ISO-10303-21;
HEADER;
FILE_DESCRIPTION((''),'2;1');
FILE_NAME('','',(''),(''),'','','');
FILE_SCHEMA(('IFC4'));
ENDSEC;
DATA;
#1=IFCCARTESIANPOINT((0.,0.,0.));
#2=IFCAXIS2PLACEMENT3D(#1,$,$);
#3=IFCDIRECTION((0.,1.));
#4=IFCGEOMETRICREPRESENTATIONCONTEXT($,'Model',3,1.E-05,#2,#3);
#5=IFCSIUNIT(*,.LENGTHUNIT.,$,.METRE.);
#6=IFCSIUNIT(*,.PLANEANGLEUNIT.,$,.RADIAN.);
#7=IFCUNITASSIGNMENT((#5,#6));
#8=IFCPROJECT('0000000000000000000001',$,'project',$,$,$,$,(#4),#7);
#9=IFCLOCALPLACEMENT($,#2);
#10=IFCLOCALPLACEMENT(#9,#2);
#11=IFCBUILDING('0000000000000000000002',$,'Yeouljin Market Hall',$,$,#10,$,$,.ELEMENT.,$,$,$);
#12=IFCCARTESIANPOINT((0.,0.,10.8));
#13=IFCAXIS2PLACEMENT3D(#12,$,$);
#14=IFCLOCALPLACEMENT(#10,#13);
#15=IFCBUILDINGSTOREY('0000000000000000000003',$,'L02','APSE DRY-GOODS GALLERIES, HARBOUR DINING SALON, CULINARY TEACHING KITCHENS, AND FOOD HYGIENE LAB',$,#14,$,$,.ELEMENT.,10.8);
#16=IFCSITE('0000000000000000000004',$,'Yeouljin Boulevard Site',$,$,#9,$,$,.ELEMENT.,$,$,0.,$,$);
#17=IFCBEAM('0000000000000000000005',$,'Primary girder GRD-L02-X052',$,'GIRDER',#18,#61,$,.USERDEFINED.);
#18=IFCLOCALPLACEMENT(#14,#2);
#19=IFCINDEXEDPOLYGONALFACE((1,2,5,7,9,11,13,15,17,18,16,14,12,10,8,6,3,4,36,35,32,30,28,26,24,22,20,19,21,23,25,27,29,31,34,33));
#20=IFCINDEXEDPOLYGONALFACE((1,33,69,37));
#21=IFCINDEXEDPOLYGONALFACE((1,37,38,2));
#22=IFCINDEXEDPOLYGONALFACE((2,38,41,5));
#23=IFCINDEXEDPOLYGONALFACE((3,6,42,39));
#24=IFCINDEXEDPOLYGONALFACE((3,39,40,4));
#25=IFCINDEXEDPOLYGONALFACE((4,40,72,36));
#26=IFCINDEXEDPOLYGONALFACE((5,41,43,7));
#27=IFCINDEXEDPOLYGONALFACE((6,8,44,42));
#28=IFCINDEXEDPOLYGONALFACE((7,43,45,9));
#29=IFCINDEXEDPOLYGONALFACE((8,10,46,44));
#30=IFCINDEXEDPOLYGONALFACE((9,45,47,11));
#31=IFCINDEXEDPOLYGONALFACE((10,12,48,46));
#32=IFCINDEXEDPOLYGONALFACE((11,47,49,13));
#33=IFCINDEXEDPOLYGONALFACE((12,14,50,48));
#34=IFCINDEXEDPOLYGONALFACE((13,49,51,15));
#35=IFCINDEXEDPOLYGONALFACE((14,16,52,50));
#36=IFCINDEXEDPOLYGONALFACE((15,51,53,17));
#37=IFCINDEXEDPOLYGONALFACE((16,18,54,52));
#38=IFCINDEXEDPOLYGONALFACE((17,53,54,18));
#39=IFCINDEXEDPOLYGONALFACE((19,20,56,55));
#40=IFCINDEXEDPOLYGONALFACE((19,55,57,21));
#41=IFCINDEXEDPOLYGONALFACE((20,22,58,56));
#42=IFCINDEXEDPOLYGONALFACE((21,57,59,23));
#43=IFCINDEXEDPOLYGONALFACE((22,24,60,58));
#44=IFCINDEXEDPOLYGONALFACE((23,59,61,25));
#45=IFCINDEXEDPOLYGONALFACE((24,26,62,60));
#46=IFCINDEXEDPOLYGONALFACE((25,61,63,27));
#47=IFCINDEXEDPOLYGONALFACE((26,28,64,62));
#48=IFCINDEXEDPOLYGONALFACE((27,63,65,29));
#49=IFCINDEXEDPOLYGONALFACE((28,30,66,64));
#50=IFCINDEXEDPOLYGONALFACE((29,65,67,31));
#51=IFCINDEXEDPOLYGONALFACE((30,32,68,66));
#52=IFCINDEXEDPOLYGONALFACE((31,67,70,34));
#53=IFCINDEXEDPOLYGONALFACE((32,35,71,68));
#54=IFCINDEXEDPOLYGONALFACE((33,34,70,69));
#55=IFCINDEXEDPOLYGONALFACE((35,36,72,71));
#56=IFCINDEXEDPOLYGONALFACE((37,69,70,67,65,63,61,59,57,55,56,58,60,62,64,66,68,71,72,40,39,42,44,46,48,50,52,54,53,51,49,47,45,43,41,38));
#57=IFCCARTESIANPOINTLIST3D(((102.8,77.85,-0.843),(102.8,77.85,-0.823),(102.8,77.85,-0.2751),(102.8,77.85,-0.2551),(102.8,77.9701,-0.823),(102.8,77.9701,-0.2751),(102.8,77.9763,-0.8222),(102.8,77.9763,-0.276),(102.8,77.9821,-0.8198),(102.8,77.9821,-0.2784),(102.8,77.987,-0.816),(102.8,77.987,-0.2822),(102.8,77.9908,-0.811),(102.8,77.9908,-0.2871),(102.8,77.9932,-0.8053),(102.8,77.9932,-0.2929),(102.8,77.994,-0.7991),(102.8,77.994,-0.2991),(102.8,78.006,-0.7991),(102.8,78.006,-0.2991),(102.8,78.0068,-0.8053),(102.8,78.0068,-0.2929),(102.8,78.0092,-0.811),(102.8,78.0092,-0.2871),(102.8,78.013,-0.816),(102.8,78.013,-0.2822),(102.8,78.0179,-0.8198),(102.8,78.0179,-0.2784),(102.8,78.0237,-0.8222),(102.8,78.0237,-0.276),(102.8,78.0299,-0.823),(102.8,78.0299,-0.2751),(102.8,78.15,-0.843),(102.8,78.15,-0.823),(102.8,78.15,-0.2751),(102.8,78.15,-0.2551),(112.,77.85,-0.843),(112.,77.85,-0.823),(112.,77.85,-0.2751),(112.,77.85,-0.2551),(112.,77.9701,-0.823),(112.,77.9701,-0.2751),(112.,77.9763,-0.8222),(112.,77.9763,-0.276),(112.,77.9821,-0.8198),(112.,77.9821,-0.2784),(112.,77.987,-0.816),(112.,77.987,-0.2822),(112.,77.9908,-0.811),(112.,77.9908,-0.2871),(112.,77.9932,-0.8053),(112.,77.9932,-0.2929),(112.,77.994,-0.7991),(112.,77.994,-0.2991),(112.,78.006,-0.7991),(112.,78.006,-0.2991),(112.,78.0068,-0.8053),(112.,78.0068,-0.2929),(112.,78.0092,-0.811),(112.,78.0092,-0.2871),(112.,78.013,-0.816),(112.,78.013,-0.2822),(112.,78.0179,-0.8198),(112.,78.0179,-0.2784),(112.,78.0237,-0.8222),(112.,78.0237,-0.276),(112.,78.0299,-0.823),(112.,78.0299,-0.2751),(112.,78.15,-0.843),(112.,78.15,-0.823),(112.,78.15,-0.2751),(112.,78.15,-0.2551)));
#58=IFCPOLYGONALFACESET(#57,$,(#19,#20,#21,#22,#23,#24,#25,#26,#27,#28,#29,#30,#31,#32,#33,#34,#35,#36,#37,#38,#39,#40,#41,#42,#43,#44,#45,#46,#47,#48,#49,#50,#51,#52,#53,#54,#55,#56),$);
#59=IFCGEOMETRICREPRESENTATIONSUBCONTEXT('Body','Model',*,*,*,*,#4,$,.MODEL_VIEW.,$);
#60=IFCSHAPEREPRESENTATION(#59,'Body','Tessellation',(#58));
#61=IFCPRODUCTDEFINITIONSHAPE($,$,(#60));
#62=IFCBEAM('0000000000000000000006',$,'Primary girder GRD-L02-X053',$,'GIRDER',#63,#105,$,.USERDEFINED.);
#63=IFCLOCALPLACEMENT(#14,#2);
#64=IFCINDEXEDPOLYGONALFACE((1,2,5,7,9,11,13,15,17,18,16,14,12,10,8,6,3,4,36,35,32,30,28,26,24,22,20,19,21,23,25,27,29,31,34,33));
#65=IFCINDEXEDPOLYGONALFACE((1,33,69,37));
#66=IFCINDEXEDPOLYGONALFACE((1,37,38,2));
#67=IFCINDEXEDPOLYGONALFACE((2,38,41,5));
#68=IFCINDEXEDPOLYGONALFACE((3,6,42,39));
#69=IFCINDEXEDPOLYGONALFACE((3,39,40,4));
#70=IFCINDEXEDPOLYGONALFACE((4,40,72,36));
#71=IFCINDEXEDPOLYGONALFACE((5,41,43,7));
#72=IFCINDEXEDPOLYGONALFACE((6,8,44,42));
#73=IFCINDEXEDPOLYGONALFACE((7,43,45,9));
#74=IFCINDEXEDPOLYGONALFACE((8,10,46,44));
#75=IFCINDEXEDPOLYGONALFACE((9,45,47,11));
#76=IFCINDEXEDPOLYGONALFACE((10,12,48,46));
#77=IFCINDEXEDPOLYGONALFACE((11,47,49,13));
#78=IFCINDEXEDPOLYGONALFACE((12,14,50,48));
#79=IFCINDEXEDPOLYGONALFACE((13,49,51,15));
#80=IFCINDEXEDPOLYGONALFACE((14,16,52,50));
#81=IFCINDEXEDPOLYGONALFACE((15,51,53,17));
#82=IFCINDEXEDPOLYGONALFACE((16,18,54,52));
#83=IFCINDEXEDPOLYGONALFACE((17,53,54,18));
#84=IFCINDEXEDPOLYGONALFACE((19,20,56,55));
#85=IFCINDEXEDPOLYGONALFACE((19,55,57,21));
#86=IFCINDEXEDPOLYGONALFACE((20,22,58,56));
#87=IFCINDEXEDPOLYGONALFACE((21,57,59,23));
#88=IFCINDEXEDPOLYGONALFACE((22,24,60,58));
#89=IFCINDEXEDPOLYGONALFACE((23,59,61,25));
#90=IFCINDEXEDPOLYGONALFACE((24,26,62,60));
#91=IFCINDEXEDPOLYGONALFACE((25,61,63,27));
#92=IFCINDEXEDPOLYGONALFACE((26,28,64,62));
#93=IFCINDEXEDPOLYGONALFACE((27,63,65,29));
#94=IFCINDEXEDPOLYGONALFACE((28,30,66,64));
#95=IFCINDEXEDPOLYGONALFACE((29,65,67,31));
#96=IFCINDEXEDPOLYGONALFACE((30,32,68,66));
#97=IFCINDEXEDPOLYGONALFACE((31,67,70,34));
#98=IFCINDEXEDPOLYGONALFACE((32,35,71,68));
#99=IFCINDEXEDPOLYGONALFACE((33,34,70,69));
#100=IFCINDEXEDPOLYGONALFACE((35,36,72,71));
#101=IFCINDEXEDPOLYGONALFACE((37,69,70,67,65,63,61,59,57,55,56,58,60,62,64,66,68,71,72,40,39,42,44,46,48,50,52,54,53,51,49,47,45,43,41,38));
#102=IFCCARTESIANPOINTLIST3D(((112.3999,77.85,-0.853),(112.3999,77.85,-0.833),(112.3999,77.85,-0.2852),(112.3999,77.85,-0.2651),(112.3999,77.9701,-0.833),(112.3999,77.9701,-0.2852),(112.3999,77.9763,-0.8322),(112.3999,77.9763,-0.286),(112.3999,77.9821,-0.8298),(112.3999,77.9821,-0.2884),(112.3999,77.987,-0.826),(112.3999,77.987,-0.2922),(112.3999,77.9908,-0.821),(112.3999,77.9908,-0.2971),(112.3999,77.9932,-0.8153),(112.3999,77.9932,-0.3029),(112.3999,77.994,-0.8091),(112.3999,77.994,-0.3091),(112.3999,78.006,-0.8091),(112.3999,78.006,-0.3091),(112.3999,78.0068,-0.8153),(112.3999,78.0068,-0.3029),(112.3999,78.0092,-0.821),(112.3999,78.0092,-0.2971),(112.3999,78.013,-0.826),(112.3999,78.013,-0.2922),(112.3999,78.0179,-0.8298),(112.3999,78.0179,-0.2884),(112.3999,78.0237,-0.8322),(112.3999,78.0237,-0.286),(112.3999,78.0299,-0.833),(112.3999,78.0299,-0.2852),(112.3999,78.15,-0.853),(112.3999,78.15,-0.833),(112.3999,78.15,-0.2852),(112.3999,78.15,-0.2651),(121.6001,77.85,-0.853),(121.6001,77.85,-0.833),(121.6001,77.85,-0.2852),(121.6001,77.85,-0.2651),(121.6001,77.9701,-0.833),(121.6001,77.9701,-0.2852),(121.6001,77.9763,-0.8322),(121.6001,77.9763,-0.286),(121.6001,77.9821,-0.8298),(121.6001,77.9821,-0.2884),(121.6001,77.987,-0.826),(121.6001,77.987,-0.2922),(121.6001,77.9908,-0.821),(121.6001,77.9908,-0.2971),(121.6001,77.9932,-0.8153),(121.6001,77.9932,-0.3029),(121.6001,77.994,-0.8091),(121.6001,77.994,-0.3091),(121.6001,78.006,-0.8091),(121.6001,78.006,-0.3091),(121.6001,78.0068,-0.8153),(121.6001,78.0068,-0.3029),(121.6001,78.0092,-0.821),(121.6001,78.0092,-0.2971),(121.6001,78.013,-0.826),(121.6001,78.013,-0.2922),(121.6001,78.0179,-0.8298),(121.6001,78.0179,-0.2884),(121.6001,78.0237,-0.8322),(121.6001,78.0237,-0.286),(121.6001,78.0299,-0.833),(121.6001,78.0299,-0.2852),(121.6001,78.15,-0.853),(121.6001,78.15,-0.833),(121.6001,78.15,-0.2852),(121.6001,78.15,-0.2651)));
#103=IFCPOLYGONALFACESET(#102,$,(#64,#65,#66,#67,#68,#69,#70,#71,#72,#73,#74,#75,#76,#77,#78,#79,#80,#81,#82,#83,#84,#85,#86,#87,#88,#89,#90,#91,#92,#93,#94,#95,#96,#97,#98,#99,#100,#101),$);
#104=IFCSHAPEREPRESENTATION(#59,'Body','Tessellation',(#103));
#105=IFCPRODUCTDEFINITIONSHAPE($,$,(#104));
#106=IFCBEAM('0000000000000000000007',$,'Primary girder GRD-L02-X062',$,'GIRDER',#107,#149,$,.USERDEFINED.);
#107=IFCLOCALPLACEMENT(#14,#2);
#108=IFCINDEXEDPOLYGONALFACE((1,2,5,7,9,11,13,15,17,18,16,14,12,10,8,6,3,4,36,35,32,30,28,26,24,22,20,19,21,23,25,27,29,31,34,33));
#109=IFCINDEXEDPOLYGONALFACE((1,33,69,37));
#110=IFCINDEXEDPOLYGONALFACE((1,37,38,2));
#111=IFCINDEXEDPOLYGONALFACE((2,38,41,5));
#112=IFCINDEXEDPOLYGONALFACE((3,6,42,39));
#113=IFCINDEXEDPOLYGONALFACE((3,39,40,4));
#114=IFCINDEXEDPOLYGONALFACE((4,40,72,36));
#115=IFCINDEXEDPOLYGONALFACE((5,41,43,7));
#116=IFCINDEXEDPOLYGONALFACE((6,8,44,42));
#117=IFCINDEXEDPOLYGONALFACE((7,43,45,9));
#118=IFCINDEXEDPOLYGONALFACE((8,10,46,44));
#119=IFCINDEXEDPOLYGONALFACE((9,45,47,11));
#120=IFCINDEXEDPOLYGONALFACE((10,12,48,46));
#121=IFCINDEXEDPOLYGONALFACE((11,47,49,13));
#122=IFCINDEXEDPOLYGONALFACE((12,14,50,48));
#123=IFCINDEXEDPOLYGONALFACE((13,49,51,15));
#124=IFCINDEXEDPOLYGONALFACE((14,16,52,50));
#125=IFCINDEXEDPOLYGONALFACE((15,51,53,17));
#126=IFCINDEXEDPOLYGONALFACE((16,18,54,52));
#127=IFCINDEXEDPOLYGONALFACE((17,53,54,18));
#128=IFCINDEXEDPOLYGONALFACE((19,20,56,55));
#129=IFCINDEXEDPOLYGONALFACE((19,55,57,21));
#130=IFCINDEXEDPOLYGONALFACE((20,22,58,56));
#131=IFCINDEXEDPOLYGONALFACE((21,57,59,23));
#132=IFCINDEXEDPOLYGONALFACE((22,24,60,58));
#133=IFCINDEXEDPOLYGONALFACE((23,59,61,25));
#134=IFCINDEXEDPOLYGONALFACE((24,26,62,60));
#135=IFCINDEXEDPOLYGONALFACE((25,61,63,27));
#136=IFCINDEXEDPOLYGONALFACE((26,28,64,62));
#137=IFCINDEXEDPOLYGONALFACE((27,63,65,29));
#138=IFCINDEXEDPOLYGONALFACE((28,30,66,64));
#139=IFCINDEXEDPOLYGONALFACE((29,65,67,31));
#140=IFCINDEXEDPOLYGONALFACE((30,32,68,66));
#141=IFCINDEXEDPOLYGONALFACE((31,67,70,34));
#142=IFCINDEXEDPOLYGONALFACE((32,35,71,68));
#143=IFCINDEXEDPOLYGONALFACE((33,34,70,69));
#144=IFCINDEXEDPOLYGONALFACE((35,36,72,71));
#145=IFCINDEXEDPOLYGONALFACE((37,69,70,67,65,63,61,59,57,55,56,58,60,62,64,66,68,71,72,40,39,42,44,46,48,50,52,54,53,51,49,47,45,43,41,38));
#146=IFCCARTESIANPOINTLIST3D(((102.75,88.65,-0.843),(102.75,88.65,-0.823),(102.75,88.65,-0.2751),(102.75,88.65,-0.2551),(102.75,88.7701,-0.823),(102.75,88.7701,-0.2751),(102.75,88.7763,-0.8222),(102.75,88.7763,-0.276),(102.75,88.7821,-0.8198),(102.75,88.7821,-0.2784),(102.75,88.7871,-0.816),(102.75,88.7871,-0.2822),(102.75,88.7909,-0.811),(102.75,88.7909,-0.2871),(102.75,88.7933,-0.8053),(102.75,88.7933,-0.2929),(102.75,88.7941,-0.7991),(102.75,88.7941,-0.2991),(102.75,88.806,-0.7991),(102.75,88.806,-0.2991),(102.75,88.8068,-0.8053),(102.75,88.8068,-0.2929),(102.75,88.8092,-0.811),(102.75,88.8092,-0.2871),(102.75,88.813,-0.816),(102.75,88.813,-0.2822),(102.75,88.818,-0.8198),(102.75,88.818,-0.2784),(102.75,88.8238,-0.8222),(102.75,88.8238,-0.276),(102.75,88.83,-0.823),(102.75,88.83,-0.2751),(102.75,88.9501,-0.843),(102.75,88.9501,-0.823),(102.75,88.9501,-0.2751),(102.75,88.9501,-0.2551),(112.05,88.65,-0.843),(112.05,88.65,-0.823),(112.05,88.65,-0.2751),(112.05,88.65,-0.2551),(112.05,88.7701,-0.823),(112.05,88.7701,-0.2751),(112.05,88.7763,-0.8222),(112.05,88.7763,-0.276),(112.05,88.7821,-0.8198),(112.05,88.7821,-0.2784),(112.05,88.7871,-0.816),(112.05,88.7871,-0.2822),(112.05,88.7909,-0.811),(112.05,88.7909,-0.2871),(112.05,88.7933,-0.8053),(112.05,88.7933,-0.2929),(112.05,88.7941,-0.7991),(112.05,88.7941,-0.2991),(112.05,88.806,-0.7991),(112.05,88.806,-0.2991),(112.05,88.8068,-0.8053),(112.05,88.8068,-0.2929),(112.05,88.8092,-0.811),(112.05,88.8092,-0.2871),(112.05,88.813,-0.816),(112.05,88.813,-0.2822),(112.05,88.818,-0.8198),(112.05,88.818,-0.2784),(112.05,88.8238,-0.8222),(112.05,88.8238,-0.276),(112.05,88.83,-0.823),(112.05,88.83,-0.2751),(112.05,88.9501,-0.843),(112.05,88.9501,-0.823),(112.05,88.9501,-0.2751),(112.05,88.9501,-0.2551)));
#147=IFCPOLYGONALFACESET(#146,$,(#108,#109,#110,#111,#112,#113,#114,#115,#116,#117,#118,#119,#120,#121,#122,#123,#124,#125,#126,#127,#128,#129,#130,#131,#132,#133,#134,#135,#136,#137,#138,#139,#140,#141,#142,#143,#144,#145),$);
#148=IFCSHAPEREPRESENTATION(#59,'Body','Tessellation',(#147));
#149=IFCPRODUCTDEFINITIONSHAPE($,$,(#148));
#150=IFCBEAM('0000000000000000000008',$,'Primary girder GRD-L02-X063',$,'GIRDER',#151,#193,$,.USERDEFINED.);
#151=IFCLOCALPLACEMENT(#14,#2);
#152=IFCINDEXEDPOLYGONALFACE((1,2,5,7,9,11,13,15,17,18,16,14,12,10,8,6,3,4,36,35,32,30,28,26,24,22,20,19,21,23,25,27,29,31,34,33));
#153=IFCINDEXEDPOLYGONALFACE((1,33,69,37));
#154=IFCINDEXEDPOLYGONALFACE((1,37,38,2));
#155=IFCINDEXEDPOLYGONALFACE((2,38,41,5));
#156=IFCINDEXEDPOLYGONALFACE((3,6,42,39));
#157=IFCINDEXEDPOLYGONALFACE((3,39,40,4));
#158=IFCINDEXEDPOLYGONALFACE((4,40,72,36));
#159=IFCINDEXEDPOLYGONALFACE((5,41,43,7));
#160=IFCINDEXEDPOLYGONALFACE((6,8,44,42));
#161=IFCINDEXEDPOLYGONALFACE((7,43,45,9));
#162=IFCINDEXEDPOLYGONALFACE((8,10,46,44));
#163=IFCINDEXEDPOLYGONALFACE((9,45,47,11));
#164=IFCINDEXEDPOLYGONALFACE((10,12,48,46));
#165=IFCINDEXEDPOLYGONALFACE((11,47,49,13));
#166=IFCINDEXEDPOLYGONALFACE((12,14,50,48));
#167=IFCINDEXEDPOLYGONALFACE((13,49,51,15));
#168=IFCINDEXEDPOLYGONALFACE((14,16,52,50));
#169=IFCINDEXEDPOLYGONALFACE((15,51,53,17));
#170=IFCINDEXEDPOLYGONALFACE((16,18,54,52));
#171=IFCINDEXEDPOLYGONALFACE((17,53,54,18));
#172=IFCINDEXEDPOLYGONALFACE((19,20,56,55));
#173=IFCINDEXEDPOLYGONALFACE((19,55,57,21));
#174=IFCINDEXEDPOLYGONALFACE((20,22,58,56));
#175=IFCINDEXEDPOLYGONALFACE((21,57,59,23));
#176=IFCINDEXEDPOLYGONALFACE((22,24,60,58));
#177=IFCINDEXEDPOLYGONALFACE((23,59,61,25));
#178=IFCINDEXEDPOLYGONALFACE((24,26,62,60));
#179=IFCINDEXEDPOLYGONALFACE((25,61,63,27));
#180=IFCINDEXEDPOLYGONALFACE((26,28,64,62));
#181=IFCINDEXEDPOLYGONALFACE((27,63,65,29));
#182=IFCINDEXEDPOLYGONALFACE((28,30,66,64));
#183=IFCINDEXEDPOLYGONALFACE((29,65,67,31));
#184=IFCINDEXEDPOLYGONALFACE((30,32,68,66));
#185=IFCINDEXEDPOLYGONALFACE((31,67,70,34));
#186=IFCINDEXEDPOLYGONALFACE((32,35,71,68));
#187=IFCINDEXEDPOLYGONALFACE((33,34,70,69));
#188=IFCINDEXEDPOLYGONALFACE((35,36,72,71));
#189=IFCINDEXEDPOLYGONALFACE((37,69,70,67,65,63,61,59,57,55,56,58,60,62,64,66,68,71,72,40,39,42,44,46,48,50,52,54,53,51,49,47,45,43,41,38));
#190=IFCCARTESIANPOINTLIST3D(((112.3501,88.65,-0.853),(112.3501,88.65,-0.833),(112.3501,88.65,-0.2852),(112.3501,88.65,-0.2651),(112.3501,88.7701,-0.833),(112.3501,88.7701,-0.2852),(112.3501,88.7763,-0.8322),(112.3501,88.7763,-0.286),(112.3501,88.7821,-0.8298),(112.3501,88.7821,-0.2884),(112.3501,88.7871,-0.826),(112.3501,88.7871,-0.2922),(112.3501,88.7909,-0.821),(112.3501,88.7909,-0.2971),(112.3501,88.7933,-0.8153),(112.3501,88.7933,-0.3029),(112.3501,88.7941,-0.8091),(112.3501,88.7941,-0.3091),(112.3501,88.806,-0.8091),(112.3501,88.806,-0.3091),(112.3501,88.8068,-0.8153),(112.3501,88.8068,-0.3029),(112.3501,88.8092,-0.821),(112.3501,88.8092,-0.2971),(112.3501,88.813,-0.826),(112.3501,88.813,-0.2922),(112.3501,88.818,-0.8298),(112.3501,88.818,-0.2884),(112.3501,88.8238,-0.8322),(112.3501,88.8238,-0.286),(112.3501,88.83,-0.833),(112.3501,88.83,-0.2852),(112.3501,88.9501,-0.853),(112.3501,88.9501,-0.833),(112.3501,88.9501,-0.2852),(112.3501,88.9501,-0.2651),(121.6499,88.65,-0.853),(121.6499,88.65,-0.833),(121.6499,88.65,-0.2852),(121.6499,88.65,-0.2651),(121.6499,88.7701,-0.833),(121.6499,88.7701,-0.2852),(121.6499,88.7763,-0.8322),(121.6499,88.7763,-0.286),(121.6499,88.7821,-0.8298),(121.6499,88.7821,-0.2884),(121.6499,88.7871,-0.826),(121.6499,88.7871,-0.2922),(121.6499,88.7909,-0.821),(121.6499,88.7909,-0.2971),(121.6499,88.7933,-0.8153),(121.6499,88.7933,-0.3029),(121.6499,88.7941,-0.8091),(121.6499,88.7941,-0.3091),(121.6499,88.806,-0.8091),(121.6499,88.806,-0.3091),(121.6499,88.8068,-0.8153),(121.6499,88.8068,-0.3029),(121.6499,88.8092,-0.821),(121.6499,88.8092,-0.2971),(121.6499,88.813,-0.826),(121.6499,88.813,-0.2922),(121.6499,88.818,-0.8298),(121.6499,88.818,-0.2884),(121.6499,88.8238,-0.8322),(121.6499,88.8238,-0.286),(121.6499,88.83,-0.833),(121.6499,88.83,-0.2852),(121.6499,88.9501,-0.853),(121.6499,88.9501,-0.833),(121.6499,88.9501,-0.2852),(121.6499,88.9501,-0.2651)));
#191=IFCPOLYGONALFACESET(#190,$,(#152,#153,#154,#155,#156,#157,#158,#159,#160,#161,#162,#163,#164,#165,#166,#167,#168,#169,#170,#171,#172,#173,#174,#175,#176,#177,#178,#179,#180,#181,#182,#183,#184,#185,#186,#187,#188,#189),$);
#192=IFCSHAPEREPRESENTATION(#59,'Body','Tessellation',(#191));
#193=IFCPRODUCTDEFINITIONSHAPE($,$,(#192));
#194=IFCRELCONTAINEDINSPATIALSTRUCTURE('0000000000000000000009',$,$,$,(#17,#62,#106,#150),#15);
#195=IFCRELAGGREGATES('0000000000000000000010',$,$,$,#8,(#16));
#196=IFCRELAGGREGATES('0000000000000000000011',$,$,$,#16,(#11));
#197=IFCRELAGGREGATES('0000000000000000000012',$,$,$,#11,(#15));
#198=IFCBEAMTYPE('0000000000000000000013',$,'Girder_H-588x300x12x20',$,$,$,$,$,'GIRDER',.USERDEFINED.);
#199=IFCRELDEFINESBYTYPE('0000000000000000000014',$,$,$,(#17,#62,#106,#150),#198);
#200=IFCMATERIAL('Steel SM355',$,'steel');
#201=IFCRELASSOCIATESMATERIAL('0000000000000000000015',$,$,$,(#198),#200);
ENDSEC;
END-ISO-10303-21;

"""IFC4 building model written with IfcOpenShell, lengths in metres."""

from ifc_helpers import new_model, si_unit, direction, frame, origin, origin_2d, place, context, subcontext, project, spatial, i_section, extrude, material, material_profile, profile_set, type_object, element, save


model = new_model("IFC4")

# Units and contexts
model_context = context("Model", 3, precision=1e-05, world=origin(), true_north=direction((0.0, 1.0)))
body_context = subcontext(model_context, "Body", "Model", "MODEL_VIEW")
ifc_project = project(units=[si_unit("LENGTHUNIT", "METRE"), si_unit("PLANEANGLEUNIT", "RADIAN")], contexts=[model_context])

# Site, building, storey
site_placement = place(None, origin())
site = spatial("IfcSite", under=ifc_project, at=site_placement, Name="Yeouljin Boulevard Site", CompositionType="ELEMENT", RefElevation=0.0)
building_placement = place(site_placement, origin())
building = spatial("IfcBuilding", under=site, at=building_placement, Name="Yeouljin Market Hall", CompositionType="ELEMENT")
storey_placement = place(building_placement, frame((0.0, 0.0, 10.8)))
storey = spatial("IfcBuildingStorey", under=building, at=storey_placement, Name="L02", Description="APSE DRY-GOODS GALLERIES, HARBOUR DINING SALON, CULINARY TEACHING KITCHENS, AND FOOD HYGIENE LAB", CompositionType="ELEMENT", Elevation=10.8)

# Beams
ifc_material_1 = material(Name="Steel SM355", Category="steel")
ifc_material_profile_1 = material_profile(ifc_material_1, i_section(OverallWidth=0.3, OverallDepth=0.5879, WebThickness=0.012, FlangeThickness=0.02, FilletRadius=0.0239, at=origin_2d()), Name="H-588x300x12x20")
ifc_profile_set_1 = profile_set([ifc_material_profile_1], Name="Steel SM355")
beam_type_1 = type_object("IfcBeamType", Name="Girder_H-588x300x12x20", ElementType="GIRDER", PredefinedType="USERDEFINED", material=ifc_profile_set_1)
beam_1_placement = place(storey_placement, frame((102.8, 78.0, -0.5491), z_axis=(1.0, 0.0, 0.0), x_axis=(0.0, 1.0, 0.0)))
element("IfcBeam", 1, at=beam_1_placement, inside=storey, type_object=beam_type_1, Name="Primary girder GRD-L02-X052", ObjectType="GIRDER", PredefinedType="USERDEFINED", context=body_context, shape_type="SweptSolid", body=[
    extrude(i_section(OverallWidth=0.3, OverallDepth=0.5879, WebThickness=0.012, FlangeThickness=0.02, FilletRadius=0.0239, at=origin_2d()), origin(), (0.0, 0.0, 1.0), 9.2),
])
beam_2_placement = place(storey_placement, frame((112.3999, 78.0, -0.5591), z_axis=(1.0, 0.0, 0.0), x_axis=(0.0, 1.0, 0.0)))
element("IfcBeam", 2, at=beam_2_placement, inside=storey, type_object=beam_type_1, Name="Primary girder GRD-L02-X053", ObjectType="GIRDER", PredefinedType="USERDEFINED", context=body_context, shape_type="SweptSolid", body=[
    extrude(i_section(OverallWidth=0.3, OverallDepth=0.5879, WebThickness=0.012, FlangeThickness=0.02, FilletRadius=0.0239, at=origin_2d()), origin(), (0.0, 0.0, 1.0), 9.2002),
])
beam_3_placement = place(storey_placement, frame((102.75, 88.8, -0.5491), z_axis=(1.0, 0.0, 0.0), x_axis=(0.0, 1.0, 0.0)))
element("IfcBeam", 3, at=beam_3_placement, inside=storey, type_object=beam_type_1, Name="Primary girder GRD-L02-X062", ObjectType="GIRDER", PredefinedType="USERDEFINED", context=body_context, shape_type="SweptSolid", body=[
    extrude(i_section(OverallWidth=0.3, OverallDepth=0.5879, WebThickness=0.012, FlangeThickness=0.02, FilletRadius=0.0239, at=origin_2d()), origin(), (0.0, 0.0, 1.0), 9.3),
])
beam_4_placement = place(storey_placement, frame((112.3501, 88.8, -0.5591), z_axis=(1.0, 0.0, 0.0), x_axis=(0.0, 1.0, 0.0)))
element("IfcBeam", 4, at=beam_4_placement, inside=storey, type_object=beam_type_1, Name="Primary girder GRD-L02-X063", ObjectType="GIRDER", PredefinedType="USERDEFINED", context=body_context, shape_type="SweptSolid", body=[
    extrude(i_section(OverallWidth=0.3, OverallDepth=0.5879, WebThickness=0.012, FlangeThickness=0.02, FilletRadius=0.0239, at=origin_2d()), origin(), (0.0, 0.0, 1.0), 9.2998),
])

save(model, "model.ifc")
